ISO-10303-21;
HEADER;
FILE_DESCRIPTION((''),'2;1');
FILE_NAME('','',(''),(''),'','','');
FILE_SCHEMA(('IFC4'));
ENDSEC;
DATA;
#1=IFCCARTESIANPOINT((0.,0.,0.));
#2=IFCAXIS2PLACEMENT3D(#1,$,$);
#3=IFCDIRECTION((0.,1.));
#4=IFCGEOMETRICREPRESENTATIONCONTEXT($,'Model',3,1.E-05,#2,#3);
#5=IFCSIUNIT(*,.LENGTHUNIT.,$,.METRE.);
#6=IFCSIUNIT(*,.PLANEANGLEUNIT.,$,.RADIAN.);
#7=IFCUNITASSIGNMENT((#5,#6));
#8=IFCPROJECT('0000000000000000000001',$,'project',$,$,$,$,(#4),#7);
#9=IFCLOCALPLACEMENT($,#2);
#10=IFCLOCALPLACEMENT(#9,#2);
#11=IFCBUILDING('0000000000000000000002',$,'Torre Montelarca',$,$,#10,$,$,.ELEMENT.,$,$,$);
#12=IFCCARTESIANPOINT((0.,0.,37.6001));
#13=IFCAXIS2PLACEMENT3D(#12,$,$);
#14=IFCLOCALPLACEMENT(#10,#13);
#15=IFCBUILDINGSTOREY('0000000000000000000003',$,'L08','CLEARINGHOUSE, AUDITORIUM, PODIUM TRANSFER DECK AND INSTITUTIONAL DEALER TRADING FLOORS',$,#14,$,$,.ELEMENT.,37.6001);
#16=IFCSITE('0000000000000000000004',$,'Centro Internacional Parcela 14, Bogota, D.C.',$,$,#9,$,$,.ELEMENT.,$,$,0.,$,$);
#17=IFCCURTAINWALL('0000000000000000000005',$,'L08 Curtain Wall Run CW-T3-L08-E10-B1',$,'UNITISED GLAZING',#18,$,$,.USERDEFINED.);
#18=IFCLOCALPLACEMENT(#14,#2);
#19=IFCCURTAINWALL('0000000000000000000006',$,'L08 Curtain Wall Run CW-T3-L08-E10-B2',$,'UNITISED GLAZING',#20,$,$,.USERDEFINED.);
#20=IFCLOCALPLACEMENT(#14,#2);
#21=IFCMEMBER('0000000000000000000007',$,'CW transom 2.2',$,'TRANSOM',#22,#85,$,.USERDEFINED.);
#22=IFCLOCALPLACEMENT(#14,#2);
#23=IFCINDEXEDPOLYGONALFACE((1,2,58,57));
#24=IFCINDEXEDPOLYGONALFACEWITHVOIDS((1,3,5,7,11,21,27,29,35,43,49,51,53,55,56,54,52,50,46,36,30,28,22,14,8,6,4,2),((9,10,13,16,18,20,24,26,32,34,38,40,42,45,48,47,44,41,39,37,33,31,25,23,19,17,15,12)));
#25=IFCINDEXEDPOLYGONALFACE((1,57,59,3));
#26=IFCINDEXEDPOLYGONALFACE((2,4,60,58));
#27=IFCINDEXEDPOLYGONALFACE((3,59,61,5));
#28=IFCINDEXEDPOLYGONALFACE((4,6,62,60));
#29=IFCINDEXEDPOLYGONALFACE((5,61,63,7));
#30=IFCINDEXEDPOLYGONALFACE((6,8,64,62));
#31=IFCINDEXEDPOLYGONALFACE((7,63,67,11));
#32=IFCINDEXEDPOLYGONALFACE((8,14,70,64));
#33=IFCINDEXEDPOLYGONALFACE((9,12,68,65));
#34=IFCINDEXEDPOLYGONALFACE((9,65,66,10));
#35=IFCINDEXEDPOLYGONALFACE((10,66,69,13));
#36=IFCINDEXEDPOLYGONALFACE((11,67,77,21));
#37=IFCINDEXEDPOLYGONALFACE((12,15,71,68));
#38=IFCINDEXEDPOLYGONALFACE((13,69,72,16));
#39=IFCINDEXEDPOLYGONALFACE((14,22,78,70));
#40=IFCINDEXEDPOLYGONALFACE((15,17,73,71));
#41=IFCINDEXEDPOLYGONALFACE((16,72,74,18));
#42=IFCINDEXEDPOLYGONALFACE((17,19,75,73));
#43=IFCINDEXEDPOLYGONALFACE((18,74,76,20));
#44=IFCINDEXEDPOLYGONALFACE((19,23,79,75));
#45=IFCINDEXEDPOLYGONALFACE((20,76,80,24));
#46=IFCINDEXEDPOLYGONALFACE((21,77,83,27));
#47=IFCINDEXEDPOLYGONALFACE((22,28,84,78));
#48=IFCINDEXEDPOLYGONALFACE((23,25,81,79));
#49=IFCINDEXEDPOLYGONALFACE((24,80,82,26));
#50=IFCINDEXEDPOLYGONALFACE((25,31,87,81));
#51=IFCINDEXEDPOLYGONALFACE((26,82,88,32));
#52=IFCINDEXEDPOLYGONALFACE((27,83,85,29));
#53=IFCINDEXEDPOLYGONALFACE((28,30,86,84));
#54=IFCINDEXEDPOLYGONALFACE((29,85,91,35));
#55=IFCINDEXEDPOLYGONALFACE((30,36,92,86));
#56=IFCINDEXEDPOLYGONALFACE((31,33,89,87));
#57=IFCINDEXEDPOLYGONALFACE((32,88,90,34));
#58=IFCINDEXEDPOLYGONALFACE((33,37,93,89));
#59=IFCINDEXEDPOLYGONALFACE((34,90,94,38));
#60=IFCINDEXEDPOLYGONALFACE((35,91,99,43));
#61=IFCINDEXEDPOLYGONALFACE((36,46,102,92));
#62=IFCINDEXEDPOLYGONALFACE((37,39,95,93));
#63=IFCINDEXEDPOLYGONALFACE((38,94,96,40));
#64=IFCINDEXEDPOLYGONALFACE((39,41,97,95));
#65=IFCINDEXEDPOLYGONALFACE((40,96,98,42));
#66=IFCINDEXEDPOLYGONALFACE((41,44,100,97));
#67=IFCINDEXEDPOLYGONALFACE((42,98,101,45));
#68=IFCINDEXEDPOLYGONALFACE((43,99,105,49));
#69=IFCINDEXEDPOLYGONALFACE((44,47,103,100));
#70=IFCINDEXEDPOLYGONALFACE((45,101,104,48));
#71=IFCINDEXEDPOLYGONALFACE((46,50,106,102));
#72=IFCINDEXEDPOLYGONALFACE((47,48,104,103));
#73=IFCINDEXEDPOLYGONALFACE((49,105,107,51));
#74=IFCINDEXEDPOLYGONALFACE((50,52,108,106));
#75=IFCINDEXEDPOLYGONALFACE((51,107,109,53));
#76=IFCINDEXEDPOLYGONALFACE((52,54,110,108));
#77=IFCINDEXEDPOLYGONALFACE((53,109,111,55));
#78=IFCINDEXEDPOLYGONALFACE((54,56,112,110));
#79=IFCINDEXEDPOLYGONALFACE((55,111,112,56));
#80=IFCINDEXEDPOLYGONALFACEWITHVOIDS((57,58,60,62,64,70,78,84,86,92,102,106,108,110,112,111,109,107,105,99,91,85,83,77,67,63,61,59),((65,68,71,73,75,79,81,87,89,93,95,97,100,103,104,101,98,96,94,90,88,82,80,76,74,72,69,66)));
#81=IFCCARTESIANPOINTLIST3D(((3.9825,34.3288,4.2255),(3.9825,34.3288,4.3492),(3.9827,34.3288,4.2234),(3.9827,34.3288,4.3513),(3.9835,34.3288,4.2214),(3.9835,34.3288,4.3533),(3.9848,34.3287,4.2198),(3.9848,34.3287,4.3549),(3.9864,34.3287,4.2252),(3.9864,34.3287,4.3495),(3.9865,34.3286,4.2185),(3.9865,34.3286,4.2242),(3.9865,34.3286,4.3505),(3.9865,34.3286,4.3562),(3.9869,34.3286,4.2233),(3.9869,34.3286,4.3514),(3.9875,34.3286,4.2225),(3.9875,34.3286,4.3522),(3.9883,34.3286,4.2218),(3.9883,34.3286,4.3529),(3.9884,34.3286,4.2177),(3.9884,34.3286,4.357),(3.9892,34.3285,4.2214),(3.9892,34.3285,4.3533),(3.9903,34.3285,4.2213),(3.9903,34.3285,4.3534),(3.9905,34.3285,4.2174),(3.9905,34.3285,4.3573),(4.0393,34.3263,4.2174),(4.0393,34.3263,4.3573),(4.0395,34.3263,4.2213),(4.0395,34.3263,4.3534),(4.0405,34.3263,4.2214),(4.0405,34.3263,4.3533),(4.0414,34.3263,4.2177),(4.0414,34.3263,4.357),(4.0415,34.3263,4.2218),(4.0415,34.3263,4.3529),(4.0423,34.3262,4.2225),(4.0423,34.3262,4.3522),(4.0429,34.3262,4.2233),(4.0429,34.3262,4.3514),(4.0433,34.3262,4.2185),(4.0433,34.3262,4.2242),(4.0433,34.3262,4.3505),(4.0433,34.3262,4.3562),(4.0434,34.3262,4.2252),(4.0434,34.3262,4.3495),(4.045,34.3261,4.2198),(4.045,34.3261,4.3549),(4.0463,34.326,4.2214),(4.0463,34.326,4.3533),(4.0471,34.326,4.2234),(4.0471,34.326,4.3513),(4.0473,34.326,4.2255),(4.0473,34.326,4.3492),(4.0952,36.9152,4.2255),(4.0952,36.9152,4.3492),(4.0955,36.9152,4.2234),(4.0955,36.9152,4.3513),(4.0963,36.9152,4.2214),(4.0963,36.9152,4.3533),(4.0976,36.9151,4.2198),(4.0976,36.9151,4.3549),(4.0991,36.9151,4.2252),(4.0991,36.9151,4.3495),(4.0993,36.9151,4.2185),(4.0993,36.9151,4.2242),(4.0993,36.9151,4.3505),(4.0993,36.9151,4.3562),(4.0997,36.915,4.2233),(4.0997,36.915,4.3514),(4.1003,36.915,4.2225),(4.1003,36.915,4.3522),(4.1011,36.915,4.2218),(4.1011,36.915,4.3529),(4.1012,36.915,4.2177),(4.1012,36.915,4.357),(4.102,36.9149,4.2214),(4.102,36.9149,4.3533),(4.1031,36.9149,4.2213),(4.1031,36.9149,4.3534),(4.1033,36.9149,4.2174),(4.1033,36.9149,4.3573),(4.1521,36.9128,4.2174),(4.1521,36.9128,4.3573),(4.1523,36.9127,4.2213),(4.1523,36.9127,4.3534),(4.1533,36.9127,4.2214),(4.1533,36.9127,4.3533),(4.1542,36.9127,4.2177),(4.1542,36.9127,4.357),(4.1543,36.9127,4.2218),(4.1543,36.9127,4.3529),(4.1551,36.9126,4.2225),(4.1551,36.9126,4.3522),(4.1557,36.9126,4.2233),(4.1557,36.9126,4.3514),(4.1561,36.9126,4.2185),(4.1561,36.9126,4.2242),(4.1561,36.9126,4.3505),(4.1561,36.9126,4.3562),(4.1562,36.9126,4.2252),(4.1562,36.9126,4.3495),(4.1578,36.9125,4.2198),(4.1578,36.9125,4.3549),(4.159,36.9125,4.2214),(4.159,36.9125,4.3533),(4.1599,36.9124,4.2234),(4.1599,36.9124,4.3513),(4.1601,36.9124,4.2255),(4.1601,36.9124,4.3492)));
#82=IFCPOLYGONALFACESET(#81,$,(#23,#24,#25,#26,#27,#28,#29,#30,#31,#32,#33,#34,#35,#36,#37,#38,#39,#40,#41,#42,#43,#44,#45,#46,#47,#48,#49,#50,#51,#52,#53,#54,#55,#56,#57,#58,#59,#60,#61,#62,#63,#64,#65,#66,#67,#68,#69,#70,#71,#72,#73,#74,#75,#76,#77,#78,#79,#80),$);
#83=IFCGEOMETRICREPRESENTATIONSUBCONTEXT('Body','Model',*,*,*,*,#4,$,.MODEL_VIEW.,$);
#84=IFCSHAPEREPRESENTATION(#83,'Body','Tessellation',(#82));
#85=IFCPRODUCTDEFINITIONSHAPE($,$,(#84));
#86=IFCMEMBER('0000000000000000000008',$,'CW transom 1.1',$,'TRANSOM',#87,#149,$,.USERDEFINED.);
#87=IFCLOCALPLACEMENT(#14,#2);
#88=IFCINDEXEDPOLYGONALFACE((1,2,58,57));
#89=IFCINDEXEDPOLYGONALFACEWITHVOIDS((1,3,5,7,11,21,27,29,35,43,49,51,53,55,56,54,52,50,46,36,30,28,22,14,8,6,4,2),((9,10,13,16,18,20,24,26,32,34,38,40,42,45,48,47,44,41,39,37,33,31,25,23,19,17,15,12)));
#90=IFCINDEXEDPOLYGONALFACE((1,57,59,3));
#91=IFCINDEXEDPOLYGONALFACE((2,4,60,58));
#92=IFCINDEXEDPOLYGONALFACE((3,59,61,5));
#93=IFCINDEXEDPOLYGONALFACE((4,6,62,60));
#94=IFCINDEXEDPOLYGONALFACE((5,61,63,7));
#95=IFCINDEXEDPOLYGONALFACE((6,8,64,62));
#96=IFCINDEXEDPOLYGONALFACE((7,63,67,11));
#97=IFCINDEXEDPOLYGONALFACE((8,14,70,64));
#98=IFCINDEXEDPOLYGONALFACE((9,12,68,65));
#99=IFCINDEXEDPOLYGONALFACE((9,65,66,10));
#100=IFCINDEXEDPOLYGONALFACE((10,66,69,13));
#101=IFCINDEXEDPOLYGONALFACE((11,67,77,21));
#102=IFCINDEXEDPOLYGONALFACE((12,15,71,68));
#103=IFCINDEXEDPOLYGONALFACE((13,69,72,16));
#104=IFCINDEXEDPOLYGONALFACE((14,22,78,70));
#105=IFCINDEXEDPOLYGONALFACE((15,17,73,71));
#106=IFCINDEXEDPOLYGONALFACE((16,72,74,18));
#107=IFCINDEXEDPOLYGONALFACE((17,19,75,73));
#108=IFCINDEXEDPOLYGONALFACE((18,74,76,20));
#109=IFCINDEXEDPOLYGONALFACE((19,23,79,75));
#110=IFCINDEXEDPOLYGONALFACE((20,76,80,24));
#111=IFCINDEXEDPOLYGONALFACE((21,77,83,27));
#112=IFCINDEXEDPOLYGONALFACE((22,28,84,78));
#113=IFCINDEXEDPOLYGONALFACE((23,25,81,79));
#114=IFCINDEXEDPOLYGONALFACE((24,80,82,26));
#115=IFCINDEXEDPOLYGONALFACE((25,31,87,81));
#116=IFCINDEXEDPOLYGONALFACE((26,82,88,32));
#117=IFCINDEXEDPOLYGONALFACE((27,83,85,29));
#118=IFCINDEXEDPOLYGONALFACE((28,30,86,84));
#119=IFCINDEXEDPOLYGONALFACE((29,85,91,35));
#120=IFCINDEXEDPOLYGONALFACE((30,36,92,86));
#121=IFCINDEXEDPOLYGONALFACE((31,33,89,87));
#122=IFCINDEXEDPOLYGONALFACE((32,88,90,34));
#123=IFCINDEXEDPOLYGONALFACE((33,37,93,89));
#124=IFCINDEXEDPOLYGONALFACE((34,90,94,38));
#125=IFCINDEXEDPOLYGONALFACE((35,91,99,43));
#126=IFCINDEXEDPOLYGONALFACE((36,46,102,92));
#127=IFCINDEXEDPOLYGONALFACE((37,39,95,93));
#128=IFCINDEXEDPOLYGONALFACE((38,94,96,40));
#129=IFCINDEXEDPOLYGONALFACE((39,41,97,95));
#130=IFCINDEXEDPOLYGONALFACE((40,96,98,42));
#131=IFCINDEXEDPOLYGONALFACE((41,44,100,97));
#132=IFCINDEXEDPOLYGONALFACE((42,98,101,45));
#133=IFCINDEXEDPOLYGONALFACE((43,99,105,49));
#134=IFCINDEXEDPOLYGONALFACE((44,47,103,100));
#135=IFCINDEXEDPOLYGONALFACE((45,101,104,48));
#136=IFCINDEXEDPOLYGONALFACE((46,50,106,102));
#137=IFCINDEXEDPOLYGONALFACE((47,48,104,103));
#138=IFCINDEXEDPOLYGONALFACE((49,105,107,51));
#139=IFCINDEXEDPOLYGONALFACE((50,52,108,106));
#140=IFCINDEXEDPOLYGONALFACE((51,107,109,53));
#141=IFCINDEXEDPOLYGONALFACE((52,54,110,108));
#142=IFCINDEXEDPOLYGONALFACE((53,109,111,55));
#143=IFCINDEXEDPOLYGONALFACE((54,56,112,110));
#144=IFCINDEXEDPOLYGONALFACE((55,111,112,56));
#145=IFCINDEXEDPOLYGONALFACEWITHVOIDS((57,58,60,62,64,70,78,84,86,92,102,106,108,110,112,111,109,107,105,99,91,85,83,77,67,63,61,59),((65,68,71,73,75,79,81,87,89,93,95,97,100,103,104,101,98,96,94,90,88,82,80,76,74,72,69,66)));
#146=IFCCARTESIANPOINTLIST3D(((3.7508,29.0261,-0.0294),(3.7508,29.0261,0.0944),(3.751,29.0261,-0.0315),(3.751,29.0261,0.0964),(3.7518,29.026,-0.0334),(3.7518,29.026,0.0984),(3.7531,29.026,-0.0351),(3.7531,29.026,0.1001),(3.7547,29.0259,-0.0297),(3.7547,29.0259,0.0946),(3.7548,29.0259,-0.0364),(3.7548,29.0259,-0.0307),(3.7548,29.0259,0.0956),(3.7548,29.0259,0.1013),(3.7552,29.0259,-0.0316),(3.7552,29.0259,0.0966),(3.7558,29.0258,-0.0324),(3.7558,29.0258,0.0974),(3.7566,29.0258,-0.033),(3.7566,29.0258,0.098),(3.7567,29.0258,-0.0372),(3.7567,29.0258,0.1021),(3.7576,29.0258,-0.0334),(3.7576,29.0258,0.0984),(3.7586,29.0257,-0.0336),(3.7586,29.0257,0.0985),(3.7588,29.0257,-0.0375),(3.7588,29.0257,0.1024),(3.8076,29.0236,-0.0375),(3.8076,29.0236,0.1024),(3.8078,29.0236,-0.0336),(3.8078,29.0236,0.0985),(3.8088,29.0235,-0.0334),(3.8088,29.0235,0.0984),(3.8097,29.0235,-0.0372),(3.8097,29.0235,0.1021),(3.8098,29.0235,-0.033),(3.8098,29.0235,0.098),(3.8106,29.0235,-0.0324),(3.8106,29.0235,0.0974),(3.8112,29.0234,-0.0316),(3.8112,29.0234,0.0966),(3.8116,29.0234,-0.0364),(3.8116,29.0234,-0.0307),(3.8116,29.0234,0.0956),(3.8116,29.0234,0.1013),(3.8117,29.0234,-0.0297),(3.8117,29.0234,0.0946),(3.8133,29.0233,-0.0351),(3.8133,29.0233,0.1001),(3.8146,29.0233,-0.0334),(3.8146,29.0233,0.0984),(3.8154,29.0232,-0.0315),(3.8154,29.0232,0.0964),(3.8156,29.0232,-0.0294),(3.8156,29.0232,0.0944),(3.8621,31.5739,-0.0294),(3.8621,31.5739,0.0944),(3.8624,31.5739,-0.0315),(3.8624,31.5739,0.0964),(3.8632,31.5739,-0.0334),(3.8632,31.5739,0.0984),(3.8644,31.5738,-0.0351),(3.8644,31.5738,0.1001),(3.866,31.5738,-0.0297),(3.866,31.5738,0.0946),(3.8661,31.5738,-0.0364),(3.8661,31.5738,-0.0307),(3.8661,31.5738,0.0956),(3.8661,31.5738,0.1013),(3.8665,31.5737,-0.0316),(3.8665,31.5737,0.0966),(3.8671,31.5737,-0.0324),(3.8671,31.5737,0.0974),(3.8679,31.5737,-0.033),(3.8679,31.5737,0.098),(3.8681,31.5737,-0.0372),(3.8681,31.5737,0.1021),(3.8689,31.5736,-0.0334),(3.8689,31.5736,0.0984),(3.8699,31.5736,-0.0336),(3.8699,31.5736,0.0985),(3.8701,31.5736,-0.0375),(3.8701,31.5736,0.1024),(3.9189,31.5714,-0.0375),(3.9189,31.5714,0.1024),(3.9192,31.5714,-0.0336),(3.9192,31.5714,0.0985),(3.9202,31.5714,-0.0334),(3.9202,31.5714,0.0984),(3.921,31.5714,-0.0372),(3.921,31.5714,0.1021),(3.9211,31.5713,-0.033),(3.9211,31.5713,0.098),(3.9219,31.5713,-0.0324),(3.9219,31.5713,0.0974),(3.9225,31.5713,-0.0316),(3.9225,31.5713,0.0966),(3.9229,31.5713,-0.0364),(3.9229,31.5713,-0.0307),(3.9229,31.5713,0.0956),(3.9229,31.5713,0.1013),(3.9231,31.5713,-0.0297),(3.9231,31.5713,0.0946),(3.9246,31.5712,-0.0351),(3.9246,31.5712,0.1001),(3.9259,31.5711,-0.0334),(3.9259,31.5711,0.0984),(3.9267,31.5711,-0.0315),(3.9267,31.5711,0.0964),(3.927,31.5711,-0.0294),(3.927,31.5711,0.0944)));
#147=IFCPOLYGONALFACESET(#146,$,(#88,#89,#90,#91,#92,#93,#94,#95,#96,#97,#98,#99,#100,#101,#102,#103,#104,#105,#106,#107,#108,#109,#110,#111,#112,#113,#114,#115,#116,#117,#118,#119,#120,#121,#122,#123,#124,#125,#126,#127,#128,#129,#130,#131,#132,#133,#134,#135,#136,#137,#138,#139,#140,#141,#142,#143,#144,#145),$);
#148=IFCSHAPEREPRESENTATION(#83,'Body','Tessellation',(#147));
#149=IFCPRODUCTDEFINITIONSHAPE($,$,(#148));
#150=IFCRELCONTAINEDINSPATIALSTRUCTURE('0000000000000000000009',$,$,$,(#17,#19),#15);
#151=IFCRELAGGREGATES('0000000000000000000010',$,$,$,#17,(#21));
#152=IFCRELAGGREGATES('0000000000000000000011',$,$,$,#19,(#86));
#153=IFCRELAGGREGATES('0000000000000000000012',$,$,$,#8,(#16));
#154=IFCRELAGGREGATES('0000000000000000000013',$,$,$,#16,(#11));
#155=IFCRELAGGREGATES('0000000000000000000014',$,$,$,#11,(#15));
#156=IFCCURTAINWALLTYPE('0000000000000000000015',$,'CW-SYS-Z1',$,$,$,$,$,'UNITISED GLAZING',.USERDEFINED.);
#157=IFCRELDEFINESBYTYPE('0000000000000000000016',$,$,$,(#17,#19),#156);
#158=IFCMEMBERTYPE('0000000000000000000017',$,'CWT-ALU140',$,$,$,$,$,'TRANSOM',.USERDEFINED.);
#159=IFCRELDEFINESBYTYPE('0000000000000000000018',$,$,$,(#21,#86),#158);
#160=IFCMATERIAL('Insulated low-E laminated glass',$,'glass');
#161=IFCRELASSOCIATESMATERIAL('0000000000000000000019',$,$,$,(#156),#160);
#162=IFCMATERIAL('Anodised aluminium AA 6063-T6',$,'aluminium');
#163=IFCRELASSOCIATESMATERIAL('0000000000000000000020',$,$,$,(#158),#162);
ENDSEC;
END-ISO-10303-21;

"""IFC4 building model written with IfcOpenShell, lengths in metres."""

from ifc_helpers import new_model, si_unit, direction, frame, origin, origin_2d, place, context, subcontext, project, spatial, hollow_rectangle, extrude, source, transform, mapped, material, material_profile, profile_set, type_object, element, aggregate, save


model = new_model("IFC4")

# Units and contexts
model_context = context("Model", 3, precision=1e-05, world=origin(), true_north=direction((0.0, 1.0)))
body_context = subcontext(model_context, "Body", "Model", "MODEL_VIEW")
ifc_project = project(units=[si_unit("LENGTHUNIT", "METRE"), si_unit("PLANEANGLEUNIT", "RADIAN")], contexts=[model_context])

# Site, building, storey
site_placement = place(None, origin())
site = spatial("IfcSite", under=ifc_project, at=site_placement, Name="Centro Internacional Parcela 14, Bogota, D.C.", CompositionType="ELEMENT", RefElevation=0.0)
building_placement = place(site_placement, origin())
building = spatial("IfcBuilding", under=site, at=building_placement, Name="Torre Montelarca", CompositionType="ELEMENT")
storey_placement = place(building_placement, frame((0.0, 0.0, 37.6001)))
storey = spatial("IfcBuildingStorey", under=building, at=storey_placement, Name="L08", Description="CLEARINGHOUSE, AUDITORIUM, PODIUM TRANSFER DECK AND INSTITUTIONAL DEALER TRADING FLOORS", CompositionType="ELEMENT", Elevation=37.6001)

# Curtain wall
ifc_material_1 = material(Name="Insulated low-E laminated glass", Category="glass")
curtain_wall_type = type_object("IfcCurtainWallType", Name="CW-SYS-Z1", ElementType="UNITISED GLAZING", PredefinedType="USERDEFINED", material=ifc_material_1)
curtain_wall_1_placement = place(storey_placement, origin())
curtain_wall_1 = element("IfcCurtainWall", 1, at=curtain_wall_1_placement, inside=storey, type_object=curtain_wall_type, Name="L08 Curtain Wall Run CW-T3-L08-E10-B1", ObjectType="UNITISED GLAZING", PredefinedType="USERDEFINED")
ifc_material_2 = material(Name="Anodised aluminium AA 6063-T6", Category="aluminium")

# Curtain wall
curtain_wall_2_placement = place(storey_placement, origin())
curtain_wall_2 = element("IfcCurtainWall", 2, at=curtain_wall_2_placement, inside=storey, type_object=curtain_wall_type, Name="L08 Curtain Wall Run CW-T3-L08-E10-B2", ObjectType="UNITISED GLAZING", PredefinedType="USERDEFINED")

# Members
ifc_material_profile_1 = material_profile(ifc_material_2, hollow_rectangle(XDim=0.0649, YDim=0.1399, WallThickness=0.0039, InnerFilletRadius=0.0039, OuterFilletRadius=0.0081, at=origin_2d()), Name="ALU65X140X4", Category="aluminium")
ifc_profile_set_1 = profile_set([ifc_material_profile_1], Name="Anodised aluminium AA 6063-T6")
member_type_1 = type_object("IfcMemberType", Name="CWT-ALU140", ElementType="TRANSOM", PredefinedType="USERDEFINED", material=ifc_profile_set_1)
shared_shape_1 = source(origin(), body_context, "Body", "SweptSolid", [
    extrude(hollow_rectangle(XDim=0.0649, YDim=0.1399, WallThickness=0.0039, InnerFilletRadius=0.0039, OuterFilletRadius=0.0081, at=origin_2d()), origin(), (0.0, 0.0, 1.0), 2.5889),
])
member_1_placement = place(storey_placement, frame((4.1277, 36.9138, 4.2874), z_axis=(-0.043568, -0.99905, 0.0), x_axis=(0.99905, -0.043568, 0.0)))
member_1 = element("IfcMember", 3, at=member_1_placement, type_object=member_type_1, Name="CW transom 2.2", ObjectType="TRANSOM", PredefinedType="USERDEFINED", context=body_context, shape_type="MappedRepresentation", body=[
    mapped(shared_shape_1, transform((0.0, 0.0, 0.0), scale=1.0)),
])
shared_shape_2 = source(origin(), body_context, "Body", "SweptSolid", [
    extrude(hollow_rectangle(XDim=0.0649, YDim=0.1399, WallThickness=0.0039, InnerFilletRadius=0.0039, OuterFilletRadius=0.0081, at=origin_2d()), origin(), (0.0, 0.0, 1.0), 2.5503),
])
member_2_placement = place(storey_placement, frame((3.8945, 31.5725, 0.0325), z_axis=(-0.043653, -0.999047, 0.0), x_axis=(0.999047, -0.043653, 0.0)))
member_2 = element("IfcMember", 4, at=member_2_placement, type_object=member_type_1, Name="CW transom 1.1", ObjectType="TRANSOM", PredefinedType="USERDEFINED", context=body_context, shape_type="MappedRepresentation", body=[
    mapped(shared_shape_2, transform((0.0, 0.0, 0.0), scale=1.0)),
])

aggregate(curtain_wall_1, [member_1])
aggregate(curtain_wall_2, [member_2])

save(model, "model.ifc")
